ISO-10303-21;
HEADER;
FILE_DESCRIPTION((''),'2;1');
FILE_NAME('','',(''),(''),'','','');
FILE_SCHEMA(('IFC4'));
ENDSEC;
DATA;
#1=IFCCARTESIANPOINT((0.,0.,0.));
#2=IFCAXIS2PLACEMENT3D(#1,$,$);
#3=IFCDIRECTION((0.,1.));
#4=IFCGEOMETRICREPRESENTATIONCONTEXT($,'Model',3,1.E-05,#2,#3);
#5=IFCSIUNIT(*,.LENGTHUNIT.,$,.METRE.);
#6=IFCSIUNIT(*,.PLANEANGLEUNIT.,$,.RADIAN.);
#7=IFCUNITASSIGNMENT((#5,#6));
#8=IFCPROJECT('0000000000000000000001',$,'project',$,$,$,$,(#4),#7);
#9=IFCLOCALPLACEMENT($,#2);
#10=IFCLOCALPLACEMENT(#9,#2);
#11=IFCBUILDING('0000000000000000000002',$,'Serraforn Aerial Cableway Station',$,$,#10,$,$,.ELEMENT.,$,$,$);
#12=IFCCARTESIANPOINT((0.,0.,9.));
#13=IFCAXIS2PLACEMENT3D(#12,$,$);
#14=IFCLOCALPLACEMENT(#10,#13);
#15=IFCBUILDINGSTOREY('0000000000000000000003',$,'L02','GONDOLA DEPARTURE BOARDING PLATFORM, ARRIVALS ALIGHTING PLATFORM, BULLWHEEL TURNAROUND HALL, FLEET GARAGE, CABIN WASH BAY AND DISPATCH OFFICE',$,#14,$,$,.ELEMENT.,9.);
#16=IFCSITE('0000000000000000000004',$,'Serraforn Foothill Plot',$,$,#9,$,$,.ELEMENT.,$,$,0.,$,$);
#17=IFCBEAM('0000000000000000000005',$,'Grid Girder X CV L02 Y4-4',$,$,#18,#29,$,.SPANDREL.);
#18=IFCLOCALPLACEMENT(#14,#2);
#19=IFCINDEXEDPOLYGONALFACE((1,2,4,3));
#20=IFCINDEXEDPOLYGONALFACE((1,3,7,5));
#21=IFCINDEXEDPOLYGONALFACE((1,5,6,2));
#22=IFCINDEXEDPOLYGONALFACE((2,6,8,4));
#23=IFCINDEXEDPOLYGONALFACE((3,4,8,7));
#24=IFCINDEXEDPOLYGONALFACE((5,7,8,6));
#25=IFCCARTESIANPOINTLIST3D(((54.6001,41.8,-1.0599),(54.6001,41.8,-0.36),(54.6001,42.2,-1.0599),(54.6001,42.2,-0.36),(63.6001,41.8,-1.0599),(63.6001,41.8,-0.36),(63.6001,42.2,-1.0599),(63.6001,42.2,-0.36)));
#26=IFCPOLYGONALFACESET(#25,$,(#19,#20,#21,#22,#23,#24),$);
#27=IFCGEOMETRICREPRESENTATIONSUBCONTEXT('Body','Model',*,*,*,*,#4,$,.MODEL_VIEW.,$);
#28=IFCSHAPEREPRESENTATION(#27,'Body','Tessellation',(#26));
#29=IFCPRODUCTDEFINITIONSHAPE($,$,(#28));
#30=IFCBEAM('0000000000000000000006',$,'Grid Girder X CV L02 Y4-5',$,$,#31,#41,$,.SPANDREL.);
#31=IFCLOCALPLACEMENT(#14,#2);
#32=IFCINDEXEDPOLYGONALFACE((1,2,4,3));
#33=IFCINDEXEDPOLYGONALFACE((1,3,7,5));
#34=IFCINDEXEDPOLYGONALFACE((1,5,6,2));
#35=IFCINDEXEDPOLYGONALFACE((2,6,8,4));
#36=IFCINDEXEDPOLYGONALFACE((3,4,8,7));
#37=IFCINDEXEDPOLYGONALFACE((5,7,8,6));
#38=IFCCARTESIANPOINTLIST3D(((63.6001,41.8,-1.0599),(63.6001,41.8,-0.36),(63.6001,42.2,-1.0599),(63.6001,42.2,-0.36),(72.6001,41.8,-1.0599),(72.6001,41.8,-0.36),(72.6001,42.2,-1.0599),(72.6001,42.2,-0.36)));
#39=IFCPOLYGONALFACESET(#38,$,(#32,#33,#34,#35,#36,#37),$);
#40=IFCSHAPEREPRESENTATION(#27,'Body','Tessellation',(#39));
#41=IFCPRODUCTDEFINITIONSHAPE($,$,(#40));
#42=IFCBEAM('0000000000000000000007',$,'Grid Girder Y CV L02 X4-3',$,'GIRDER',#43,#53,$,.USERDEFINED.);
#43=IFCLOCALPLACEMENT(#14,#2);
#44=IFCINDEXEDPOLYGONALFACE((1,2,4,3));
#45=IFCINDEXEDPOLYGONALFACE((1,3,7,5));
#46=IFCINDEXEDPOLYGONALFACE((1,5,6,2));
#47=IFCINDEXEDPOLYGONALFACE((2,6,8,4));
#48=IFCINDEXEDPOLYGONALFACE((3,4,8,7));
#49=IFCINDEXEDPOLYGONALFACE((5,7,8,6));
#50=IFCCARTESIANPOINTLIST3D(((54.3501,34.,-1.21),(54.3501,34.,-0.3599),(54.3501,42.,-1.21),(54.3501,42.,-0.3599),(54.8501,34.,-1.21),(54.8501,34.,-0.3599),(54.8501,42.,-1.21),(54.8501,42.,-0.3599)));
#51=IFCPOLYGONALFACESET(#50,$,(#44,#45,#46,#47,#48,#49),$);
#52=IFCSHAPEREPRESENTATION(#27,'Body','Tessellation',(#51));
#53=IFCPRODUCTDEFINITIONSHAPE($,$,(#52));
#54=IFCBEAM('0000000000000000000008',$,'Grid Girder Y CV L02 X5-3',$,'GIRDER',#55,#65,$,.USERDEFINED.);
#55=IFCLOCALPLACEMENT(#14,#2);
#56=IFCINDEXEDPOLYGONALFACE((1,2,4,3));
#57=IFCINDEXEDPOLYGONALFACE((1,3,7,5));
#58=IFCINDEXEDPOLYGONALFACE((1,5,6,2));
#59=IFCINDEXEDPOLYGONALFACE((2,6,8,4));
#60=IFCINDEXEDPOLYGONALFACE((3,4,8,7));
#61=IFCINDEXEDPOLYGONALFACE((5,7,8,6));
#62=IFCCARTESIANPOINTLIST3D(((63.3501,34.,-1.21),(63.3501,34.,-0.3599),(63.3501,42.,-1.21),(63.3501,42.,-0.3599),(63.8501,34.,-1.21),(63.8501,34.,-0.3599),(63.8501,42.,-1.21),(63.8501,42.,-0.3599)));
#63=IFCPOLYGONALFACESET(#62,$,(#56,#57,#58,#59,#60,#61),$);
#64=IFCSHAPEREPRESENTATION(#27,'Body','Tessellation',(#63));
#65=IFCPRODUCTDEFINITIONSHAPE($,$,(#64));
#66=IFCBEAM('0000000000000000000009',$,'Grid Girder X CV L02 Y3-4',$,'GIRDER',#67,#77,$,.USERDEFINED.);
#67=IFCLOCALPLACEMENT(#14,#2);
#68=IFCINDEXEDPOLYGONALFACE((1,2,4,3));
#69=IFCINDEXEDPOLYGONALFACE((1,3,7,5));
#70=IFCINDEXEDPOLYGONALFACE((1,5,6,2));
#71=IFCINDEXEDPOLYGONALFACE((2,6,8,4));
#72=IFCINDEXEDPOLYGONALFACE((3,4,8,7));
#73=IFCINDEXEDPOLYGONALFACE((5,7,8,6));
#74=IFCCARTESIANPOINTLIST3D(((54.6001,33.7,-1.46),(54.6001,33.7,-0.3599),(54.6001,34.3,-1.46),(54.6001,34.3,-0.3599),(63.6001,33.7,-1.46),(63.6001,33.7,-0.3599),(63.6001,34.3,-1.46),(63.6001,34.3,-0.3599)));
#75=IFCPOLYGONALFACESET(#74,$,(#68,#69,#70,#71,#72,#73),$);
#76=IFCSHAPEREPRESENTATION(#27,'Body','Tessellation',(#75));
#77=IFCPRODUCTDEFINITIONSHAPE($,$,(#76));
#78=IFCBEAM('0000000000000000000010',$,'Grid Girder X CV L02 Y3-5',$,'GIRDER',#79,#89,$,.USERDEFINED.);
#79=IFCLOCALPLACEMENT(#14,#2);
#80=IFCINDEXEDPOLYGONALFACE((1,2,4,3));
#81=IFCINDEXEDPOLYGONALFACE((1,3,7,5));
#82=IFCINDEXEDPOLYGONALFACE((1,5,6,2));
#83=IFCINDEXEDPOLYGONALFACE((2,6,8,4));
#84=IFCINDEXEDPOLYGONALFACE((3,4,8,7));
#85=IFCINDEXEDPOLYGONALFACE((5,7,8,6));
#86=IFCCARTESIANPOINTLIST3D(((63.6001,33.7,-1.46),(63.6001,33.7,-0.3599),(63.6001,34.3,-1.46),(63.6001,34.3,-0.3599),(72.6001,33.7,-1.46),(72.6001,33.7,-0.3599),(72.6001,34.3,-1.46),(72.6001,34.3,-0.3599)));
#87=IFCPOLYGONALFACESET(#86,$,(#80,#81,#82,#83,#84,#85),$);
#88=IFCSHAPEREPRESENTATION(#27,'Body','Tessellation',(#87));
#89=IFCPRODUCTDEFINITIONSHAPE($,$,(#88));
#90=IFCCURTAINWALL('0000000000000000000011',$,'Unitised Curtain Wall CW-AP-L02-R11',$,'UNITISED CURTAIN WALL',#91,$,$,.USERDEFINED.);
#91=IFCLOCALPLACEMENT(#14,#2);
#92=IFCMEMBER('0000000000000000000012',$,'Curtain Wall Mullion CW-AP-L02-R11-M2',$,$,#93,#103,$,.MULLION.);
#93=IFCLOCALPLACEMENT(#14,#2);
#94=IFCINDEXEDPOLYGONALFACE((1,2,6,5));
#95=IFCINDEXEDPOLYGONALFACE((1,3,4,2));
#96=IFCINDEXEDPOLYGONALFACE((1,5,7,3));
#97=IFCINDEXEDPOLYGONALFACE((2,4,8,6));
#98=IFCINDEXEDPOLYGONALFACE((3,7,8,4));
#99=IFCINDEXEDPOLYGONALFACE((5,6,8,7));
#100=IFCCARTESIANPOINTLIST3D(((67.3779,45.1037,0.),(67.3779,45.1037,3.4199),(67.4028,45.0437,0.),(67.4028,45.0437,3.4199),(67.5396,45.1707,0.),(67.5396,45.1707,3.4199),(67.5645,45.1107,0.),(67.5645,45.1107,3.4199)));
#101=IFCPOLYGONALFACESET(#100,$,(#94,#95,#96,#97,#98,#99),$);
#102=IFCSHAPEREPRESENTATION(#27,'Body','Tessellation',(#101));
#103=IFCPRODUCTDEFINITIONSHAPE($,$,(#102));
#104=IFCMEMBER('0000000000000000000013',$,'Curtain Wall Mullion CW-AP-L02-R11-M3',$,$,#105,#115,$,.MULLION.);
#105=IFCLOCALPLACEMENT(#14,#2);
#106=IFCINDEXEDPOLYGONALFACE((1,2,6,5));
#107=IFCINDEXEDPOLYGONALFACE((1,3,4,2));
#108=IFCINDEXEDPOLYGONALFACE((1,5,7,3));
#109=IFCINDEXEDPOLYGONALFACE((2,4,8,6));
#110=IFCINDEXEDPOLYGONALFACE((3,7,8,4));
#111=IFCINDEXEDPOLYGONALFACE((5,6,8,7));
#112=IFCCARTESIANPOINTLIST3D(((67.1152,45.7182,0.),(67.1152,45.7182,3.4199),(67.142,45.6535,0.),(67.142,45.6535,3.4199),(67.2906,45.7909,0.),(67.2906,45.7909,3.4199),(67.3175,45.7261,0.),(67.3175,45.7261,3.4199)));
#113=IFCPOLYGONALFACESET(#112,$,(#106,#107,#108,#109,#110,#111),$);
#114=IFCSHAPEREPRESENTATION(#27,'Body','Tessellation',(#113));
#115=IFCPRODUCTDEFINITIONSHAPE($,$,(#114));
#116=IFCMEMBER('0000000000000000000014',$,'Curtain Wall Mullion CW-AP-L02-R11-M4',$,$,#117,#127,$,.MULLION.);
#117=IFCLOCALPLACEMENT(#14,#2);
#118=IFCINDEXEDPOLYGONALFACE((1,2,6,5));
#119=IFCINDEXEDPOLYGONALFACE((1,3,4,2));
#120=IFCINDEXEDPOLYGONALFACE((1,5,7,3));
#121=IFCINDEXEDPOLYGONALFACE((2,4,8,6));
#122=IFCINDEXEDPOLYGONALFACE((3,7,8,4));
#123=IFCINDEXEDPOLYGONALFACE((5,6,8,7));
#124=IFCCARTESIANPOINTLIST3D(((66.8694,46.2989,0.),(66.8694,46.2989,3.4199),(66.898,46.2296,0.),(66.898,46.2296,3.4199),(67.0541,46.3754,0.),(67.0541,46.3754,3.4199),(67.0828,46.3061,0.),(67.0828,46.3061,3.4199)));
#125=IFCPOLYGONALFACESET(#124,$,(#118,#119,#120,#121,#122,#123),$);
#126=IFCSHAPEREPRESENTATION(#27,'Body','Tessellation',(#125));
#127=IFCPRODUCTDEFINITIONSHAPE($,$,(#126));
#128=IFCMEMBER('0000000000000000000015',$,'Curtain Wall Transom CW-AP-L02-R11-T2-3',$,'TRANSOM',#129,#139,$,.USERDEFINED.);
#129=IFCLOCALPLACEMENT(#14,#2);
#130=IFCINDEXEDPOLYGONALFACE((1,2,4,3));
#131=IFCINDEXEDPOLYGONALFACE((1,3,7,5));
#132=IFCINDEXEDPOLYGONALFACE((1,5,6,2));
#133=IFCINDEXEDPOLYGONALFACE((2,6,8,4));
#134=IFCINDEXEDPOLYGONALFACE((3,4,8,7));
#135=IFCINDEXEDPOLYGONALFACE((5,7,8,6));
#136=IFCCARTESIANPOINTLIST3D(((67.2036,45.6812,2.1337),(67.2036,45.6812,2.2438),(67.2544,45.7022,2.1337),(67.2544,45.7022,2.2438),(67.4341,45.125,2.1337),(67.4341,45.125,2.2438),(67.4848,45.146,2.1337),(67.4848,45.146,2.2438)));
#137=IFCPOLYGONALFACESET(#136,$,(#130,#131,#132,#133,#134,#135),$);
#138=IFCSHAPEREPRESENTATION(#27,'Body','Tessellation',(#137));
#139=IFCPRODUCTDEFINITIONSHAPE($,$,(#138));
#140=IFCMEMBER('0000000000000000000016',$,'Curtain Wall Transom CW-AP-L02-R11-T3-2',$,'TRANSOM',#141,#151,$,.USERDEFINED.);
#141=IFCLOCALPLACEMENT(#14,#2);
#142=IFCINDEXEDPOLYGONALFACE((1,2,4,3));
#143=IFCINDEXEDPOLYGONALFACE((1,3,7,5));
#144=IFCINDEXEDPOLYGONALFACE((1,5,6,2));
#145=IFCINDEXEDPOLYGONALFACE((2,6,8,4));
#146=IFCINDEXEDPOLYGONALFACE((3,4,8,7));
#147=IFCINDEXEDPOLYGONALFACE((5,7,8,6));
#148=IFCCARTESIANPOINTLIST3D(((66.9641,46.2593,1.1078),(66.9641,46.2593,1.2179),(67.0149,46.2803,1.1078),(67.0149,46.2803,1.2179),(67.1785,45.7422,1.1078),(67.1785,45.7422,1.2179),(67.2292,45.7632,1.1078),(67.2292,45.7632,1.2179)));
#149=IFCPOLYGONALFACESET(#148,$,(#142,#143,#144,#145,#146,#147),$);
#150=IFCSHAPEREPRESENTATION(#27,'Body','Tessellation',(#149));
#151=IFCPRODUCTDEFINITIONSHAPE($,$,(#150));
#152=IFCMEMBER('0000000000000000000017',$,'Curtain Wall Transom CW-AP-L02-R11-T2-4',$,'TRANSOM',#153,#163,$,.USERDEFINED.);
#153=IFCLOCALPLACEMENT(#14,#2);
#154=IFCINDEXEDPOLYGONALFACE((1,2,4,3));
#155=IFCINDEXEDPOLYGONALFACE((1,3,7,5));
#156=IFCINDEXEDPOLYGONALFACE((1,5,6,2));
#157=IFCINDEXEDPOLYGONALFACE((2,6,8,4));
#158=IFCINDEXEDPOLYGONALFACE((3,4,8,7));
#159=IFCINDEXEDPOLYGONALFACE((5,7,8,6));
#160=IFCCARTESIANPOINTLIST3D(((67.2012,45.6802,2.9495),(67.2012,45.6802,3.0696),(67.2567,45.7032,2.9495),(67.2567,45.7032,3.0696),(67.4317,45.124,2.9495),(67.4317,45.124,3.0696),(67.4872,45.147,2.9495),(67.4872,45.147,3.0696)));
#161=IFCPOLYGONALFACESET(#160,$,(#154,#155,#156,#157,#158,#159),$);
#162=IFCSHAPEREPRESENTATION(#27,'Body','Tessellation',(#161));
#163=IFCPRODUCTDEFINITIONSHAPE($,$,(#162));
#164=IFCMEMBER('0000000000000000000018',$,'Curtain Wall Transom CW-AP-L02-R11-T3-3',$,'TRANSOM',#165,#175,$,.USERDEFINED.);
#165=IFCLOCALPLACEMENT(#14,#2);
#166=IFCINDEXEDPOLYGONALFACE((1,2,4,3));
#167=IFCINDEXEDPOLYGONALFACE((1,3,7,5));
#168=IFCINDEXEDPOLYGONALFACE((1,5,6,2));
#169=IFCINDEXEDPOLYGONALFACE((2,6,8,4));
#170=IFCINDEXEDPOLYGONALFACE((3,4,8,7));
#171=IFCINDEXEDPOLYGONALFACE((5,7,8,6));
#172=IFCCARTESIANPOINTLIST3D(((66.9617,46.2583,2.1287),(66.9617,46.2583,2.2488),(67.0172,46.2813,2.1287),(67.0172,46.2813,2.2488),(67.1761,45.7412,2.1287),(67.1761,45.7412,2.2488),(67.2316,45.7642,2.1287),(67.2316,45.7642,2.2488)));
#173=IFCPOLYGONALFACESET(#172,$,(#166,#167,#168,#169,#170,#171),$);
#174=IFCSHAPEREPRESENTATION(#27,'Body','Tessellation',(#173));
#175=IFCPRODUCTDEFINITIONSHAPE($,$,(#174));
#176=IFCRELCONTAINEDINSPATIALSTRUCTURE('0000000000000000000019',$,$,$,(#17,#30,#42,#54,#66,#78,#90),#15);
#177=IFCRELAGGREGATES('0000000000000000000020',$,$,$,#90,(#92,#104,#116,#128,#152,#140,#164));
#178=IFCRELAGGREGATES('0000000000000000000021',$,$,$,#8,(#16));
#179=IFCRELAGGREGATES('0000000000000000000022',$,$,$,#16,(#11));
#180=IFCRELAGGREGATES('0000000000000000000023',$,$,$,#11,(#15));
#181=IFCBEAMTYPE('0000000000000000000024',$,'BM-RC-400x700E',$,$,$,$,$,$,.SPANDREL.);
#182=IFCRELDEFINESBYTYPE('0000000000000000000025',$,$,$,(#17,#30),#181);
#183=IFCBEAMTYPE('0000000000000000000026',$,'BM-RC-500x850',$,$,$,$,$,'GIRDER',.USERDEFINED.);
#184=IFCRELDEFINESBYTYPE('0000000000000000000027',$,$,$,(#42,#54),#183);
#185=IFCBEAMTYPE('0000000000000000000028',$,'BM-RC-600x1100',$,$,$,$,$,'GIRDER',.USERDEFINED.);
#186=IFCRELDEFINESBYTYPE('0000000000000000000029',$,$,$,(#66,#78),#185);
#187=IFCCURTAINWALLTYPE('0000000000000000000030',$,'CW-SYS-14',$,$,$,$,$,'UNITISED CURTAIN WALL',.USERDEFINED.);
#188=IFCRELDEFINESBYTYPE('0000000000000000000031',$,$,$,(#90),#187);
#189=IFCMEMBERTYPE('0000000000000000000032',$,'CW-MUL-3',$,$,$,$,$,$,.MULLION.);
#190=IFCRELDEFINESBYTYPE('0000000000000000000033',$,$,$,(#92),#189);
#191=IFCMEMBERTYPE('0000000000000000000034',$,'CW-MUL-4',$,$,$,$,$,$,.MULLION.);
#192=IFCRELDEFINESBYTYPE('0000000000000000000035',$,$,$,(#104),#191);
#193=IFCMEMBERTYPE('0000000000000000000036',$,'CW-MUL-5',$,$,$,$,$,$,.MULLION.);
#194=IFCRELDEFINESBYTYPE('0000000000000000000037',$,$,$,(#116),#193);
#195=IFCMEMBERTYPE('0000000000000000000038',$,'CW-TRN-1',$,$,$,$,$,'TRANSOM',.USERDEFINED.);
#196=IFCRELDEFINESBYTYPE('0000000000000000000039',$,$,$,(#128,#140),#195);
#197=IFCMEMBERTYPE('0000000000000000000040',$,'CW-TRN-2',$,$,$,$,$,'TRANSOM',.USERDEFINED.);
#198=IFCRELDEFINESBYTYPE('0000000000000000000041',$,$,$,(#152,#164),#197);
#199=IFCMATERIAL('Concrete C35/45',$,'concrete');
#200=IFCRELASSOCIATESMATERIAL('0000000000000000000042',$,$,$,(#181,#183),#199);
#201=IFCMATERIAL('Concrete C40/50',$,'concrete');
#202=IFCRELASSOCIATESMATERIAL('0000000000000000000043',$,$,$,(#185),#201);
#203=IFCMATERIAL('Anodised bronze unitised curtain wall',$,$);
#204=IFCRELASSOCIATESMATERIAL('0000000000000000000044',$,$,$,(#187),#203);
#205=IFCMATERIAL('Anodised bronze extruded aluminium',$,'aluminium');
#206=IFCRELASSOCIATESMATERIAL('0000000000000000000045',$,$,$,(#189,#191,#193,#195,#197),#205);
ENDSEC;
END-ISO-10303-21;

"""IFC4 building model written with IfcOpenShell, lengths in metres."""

from ifc_helpers import new_model, si_unit, direction, frame, origin, origin_2d, place, context, subcontext, project, spatial, rectangle, extrude, material, material_profile, profile_set, type_object, element, aggregate, save


model = new_model("IFC4")

# Units and contexts
model_context = context("Model", 3, precision=1e-05, world=origin(), true_north=direction((0.0, 1.0)))
body_context = subcontext(model_context, "Body", "Model", "MODEL_VIEW")
ifc_project = project(units=[si_unit("LENGTHUNIT", "METRE"), si_unit("PLANEANGLEUNIT", "RADIAN")], contexts=[model_context])

# Site, building, storey
site_placement = place(None, origin())
site = spatial("IfcSite", under=ifc_project, at=site_placement, Name="Serraforn Foothill Plot", CompositionType="ELEMENT", RefElevation=0.0)
building_placement = place(site_placement, origin())
building = spatial("IfcBuilding", under=site, at=building_placement, Name="Serraforn Aerial Cableway Station", CompositionType="ELEMENT")
storey_placement = place(building_placement, frame((0.0, 0.0, 9.0)))
storey = spatial("IfcBuildingStorey", under=building, at=storey_placement, Name="L02", Description="GONDOLA DEPARTURE BOARDING PLATFORM, ARRIVALS ALIGHTING PLATFORM, BULLWHEEL TURNAROUND HALL, FLEET GARAGE, CABIN WASH BAY AND DISPATCH OFFICE", CompositionType="ELEMENT", Elevation=9.0)

# Beams
ifc_material_1 = material(Name="Concrete C35/45", Category="concrete")
ifc_material_profile_1 = material_profile(ifc_material_1, rectangle(XDim=0.3999, YDim=0.7, at=origin_2d()), Name="RC 400x700")
ifc_profile_set_1 = profile_set([ifc_material_profile_1], Name="Concrete C35/45")
beam_type_1 = type_object("IfcBeamType", Name="BM-RC-400x700E", PredefinedType="SPANDREL", material=ifc_profile_set_1)
for number, where, z_axis, x_axis, name in (
    (1, (54.6001, 42.0, -0.71), (1.0, 0.0, 0.0), (0.0, 1.0, 0.0), "Grid Girder X CV L02 Y4-4"),
    (2, (63.6001, 42.0, -0.71), (1.0, 0.0, 0.0), (0.0, 1.0, 0.0), "Grid Girder X CV L02 Y4-5"),
):
    element("IfcBeam", number, at=place(storey_placement, frame(where, z_axis=z_axis, x_axis=x_axis)), inside=storey, type_object=beam_type_1, Name=name, PredefinedType="SPANDREL", context=body_context, shape_type="SweptSolid", body=[
        extrude(rectangle(XDim=0.3999, YDim=0.7, at=origin_2d()), origin(), (0.0, 0.0, 1.0), 9.0),
    ])
ifc_material_profile_2 = material_profile(ifc_material_1, rectangle(XDim=0.5, YDim=0.8501, at=origin_2d()), Name="RC 500x850")
ifc_profile_set_2 = profile_set([ifc_material_profile_2], Name="Concrete C35/45")
beam_type_2 = type_object("IfcBeamType", Name="BM-RC-500x850", ElementType="GIRDER", PredefinedType="USERDEFINED", material=ifc_profile_set_2)
for number, where, z_axis, x_axis, name in (
    (3, (54.6001, 34.0, -0.7849), (0.0, 1.0, 0.0), (-1.0, 0.0, 0.0), "Grid Girder Y CV L02 X4-3"),
    (4, (63.6001, 34.0, -0.7849), (0.0, 1.0, 0.0), (-1.0, 0.0, 0.0), "Grid Girder Y CV L02 X5-3"),
):
    element("IfcBeam", number, at=place(storey_placement, frame(where, z_axis=z_axis, x_axis=x_axis)), inside=storey, type_object=beam_type_2, Name=name, ObjectType="GIRDER", PredefinedType="USERDEFINED", context=body_context, shape_type="SweptSolid", body=[
        extrude(rectangle(XDim=0.5, YDim=0.8501, at=origin_2d()), origin(), (0.0, 0.0, 1.0), 8.0),
    ])
ifc_material_2 = material(Name="Concrete C40/50", Category="concrete")
ifc_material_profile_3 = material_profile(ifc_material_2, rectangle(XDim=0.6001, YDim=1.1001, at=origin_2d()), Name="RC 600x1100")
ifc_profile_set_3 = profile_set([ifc_material_profile_3], Name="Concrete C40/50")
beam_type_3 = type_object("IfcBeamType", Name="BM-RC-600x1100", ElementType="GIRDER", PredefinedType="USERDEFINED", material=ifc_profile_set_3)
for number, where, z_axis, x_axis, name in (
    (5, (54.6001, 34.0, -0.9099), (1.0, 0.0, 0.0), (0.0, 1.0, 0.0), "Grid Girder X CV L02 Y3-4"),
    (6, (63.6001, 34.0, -0.9099), (1.0, 0.0, 0.0), (0.0, 1.0, 0.0), "Grid Girder X CV L02 Y3-5"),
):
    element("IfcBeam", number, at=place(storey_placement, frame(where, z_axis=z_axis, x_axis=x_axis)), inside=storey, type_object=beam_type_3, Name=name, ObjectType="GIRDER", PredefinedType="USERDEFINED", context=body_context, shape_type="SweptSolid", body=[
        extrude(rectangle(XDim=0.6001, YDim=1.1001, at=origin_2d()), origin(), (0.0, 0.0, 1.0), 9.0),
    ])

# Curtain wall, members
ifc_material_3 = material(Name="Anodised bronze unitised curtain wall")
curtain_wall_type = type_object("IfcCurtainWallType", Name="CW-SYS-14", ElementType="UNITISED CURTAIN WALL", PredefinedType="USERDEFINED", material=ifc_material_3)
curtain_wall_placement = place(storey_placement, origin())
curtain_wall = element("IfcCurtainWall", 7, at=curtain_wall_placement, inside=storey, type_object=curtain_wall_type, Name="Unitised Curtain Wall CW-AP-L02-R11", ObjectType="UNITISED CURTAIN WALL", PredefinedType="USERDEFINED")
ifc_material_4 = material(Name="Anodised bronze extruded aluminium", Category="aluminium")
ifc_material_profile_4 = material_profile(ifc_material_4, rectangle(XDim=0.0649, YDim=0.175, at=origin_2d()), Name="CW MULLION 65x175")
ifc_profile_set_4 = profile_set([ifc_material_profile_4], Name="Anodised bronze extruded aluminium")
member_type_1 = type_object("IfcMemberType", Name="CW-MUL-3", PredefinedType="MULLION", material=ifc_profile_set_4)
member_1_placement = place(storey_placement, frame((67.4712, 45.1072, 0.0), z_axis=(0.0, 0.0, 1.0), x_axis=(-0.382666, 0.923887, 0.0)))
member_1 = element("IfcMember", 8, at=member_1_placement, type_object=member_type_1, Name="Curtain Wall Mullion CW-AP-L02-R11-M2", PredefinedType="MULLION", context=body_context, shape_type="SweptSolid", body=[
    extrude(rectangle(XDim=0.0649, YDim=0.175, at=origin_2d()), origin(), (0.0, 0.0, 1.0), 3.4199),
])
ifc_material_profile_5 = material_profile(ifc_material_4, rectangle(XDim=0.0701, YDim=0.1899, at=origin_2d()), Name="CW MULLION 70x190")
ifc_profile_set_5 = profile_set([ifc_material_profile_5], Name="Anodised bronze extruded aluminium")
member_type_2 = type_object("IfcMemberType", Name="CW-MUL-4", PredefinedType="MULLION", material=ifc_profile_set_5)
member_2_placement = place(storey_placement, frame((67.2163, 45.7222, 0.0), z_axis=(0.0, 0.0, 1.0), x_axis=(-0.382666, 0.923887, 0.0)))
member_2 = element("IfcMember", 9, at=member_2_placement, type_object=member_type_2, Name="Curtain Wall Mullion CW-AP-L02-R11-M3", PredefinedType="MULLION", context=body_context, shape_type="SweptSolid", body=[
    extrude(rectangle(XDim=0.0701, YDim=0.1899, at=origin_2d()), origin(), (0.0, 0.0, 1.0), 3.4199),
])
ifc_material_profile_6 = material_profile(ifc_material_4, rectangle(XDim=0.075, YDim=0.2, at=origin_2d()), Name="CW MULLION 75x200")
ifc_profile_set_6 = profile_set([ifc_material_profile_6], Name="Anodised bronze extruded aluminium")
member_type_3 = type_object("IfcMemberType", Name="CW-MUL-5", PredefinedType="MULLION", material=ifc_profile_set_6)
member_3_placement = place(storey_placement, frame((66.9761, 46.3025, 0.0), z_axis=(0.0, 0.0, 1.0), x_axis=(-0.382666, 0.923887, 0.0)))
member_3 = element("IfcMember", 10, at=member_3_placement, type_object=member_type_3, Name="Curtain Wall Mullion CW-AP-L02-R11-M4", PredefinedType="MULLION", context=body_context, shape_type="SweptSolid", body=[
    extrude(rectangle(XDim=0.075, YDim=0.2, at=origin_2d()), origin(), (0.0, 0.0, 1.0), 3.4199),
])
ifc_material_profile_7 = material_profile(ifc_material_4, rectangle(XDim=0.0549, YDim=0.1101, at=origin_2d()), Name="CW TRANSOM 55x110")
ifc_profile_set_7 = profile_set([ifc_material_profile_7], Name="Anodised bronze extruded aluminium")
member_type_4 = type_object("IfcMemberType", Name="CW-TRN-1", ElementType="TRANSOM", PredefinedType="USERDEFINED", material=ifc_profile_set_7)
member_4_placement = place(storey_placement, frame((67.4595, 45.1355, 2.1887), z_axis=(-0.382829, 0.923819, 0.0), x_axis=(-0.923819, -0.382829, 0.0)))
member_4 = element("IfcMember", 11, at=member_4_placement, type_object=member_type_4, Name="Curtain Wall Transom CW-AP-L02-R11-T2-3", ObjectType="TRANSOM", PredefinedType="USERDEFINED", context=body_context, shape_type="SweptSolid", body=[
    extrude(rectangle(XDim=0.0549, YDim=0.1101, at=origin_2d()), origin(), (0.0, 0.0, 1.0), 0.6021),
])
member_5_placement = place(storey_placement, frame((67.2039, 45.7527, 1.1628), z_axis=(-0.382942, 0.923772, 0.0), x_axis=(-0.923772, -0.382942, 0.0)))
member_5 = element("IfcMember", 12, at=member_5_placement, type_object=member_type_4, Name="Curtain Wall Transom CW-AP-L02-R11-T3-2", ObjectType="TRANSOM", PredefinedType="USERDEFINED", context=body_context, shape_type="SweptSolid", body=[
    extrude(rectangle(XDim=0.0549, YDim=0.1101, at=origin_2d()), origin(), (0.0, 0.0, 1.0), 0.5598),
])
ifc_material_profile_8 = material_profile(ifc_material_4, rectangle(XDim=0.0601, YDim=0.1201, at=origin_2d()), Name="CW TRANSOM 60x120")
ifc_profile_set_8 = profile_set([ifc_material_profile_8], Name="Anodised bronze extruded aluminium")
member_type_5 = type_object("IfcMemberType", Name="CW-TRN-2", ElementType="TRANSOM", PredefinedType="USERDEFINED", material=ifc_profile_set_8)
member_6_placement = place(storey_placement, frame((67.4595, 45.1355, 3.0095), z_axis=(-0.382829, 0.923819, 0.0), x_axis=(-0.923819, -0.382829, 0.0)))
member_6 = element("IfcMember", 13, at=member_6_placement, type_object=member_type_5, Name="Curtain Wall Transom CW-AP-L02-R11-T2-4", ObjectType="TRANSOM", PredefinedType="USERDEFINED", context=body_context, shape_type="SweptSolid", body=[
    extrude(rectangle(XDim=0.0601, YDim=0.1201, at=origin_2d()), origin(), (0.0, 0.0, 1.0), 0.6021),
])
member_7_placement = place(storey_placement, frame((67.2039, 45.7527, 2.1887), z_axis=(-0.382942, 0.923772, 0.0), x_axis=(-0.923772, -0.382942, 0.0)))
member_7 = element("IfcMember", 14, at=member_7_placement, type_object=member_type_5, Name="Curtain Wall Transom CW-AP-L02-R11-T3-3", ObjectType="TRANSOM", PredefinedType="USERDEFINED", context=body_context, shape_type="SweptSolid", body=[
    extrude(rectangle(XDim=0.0601, YDim=0.1201, at=origin_2d()), origin(), (0.0, 0.0, 1.0), 0.5598),
])
aggregate(curtain_wall, [member_1, member_2, member_3, member_4, member_6, member_5, member_7])

save(model, "model.ifc")
